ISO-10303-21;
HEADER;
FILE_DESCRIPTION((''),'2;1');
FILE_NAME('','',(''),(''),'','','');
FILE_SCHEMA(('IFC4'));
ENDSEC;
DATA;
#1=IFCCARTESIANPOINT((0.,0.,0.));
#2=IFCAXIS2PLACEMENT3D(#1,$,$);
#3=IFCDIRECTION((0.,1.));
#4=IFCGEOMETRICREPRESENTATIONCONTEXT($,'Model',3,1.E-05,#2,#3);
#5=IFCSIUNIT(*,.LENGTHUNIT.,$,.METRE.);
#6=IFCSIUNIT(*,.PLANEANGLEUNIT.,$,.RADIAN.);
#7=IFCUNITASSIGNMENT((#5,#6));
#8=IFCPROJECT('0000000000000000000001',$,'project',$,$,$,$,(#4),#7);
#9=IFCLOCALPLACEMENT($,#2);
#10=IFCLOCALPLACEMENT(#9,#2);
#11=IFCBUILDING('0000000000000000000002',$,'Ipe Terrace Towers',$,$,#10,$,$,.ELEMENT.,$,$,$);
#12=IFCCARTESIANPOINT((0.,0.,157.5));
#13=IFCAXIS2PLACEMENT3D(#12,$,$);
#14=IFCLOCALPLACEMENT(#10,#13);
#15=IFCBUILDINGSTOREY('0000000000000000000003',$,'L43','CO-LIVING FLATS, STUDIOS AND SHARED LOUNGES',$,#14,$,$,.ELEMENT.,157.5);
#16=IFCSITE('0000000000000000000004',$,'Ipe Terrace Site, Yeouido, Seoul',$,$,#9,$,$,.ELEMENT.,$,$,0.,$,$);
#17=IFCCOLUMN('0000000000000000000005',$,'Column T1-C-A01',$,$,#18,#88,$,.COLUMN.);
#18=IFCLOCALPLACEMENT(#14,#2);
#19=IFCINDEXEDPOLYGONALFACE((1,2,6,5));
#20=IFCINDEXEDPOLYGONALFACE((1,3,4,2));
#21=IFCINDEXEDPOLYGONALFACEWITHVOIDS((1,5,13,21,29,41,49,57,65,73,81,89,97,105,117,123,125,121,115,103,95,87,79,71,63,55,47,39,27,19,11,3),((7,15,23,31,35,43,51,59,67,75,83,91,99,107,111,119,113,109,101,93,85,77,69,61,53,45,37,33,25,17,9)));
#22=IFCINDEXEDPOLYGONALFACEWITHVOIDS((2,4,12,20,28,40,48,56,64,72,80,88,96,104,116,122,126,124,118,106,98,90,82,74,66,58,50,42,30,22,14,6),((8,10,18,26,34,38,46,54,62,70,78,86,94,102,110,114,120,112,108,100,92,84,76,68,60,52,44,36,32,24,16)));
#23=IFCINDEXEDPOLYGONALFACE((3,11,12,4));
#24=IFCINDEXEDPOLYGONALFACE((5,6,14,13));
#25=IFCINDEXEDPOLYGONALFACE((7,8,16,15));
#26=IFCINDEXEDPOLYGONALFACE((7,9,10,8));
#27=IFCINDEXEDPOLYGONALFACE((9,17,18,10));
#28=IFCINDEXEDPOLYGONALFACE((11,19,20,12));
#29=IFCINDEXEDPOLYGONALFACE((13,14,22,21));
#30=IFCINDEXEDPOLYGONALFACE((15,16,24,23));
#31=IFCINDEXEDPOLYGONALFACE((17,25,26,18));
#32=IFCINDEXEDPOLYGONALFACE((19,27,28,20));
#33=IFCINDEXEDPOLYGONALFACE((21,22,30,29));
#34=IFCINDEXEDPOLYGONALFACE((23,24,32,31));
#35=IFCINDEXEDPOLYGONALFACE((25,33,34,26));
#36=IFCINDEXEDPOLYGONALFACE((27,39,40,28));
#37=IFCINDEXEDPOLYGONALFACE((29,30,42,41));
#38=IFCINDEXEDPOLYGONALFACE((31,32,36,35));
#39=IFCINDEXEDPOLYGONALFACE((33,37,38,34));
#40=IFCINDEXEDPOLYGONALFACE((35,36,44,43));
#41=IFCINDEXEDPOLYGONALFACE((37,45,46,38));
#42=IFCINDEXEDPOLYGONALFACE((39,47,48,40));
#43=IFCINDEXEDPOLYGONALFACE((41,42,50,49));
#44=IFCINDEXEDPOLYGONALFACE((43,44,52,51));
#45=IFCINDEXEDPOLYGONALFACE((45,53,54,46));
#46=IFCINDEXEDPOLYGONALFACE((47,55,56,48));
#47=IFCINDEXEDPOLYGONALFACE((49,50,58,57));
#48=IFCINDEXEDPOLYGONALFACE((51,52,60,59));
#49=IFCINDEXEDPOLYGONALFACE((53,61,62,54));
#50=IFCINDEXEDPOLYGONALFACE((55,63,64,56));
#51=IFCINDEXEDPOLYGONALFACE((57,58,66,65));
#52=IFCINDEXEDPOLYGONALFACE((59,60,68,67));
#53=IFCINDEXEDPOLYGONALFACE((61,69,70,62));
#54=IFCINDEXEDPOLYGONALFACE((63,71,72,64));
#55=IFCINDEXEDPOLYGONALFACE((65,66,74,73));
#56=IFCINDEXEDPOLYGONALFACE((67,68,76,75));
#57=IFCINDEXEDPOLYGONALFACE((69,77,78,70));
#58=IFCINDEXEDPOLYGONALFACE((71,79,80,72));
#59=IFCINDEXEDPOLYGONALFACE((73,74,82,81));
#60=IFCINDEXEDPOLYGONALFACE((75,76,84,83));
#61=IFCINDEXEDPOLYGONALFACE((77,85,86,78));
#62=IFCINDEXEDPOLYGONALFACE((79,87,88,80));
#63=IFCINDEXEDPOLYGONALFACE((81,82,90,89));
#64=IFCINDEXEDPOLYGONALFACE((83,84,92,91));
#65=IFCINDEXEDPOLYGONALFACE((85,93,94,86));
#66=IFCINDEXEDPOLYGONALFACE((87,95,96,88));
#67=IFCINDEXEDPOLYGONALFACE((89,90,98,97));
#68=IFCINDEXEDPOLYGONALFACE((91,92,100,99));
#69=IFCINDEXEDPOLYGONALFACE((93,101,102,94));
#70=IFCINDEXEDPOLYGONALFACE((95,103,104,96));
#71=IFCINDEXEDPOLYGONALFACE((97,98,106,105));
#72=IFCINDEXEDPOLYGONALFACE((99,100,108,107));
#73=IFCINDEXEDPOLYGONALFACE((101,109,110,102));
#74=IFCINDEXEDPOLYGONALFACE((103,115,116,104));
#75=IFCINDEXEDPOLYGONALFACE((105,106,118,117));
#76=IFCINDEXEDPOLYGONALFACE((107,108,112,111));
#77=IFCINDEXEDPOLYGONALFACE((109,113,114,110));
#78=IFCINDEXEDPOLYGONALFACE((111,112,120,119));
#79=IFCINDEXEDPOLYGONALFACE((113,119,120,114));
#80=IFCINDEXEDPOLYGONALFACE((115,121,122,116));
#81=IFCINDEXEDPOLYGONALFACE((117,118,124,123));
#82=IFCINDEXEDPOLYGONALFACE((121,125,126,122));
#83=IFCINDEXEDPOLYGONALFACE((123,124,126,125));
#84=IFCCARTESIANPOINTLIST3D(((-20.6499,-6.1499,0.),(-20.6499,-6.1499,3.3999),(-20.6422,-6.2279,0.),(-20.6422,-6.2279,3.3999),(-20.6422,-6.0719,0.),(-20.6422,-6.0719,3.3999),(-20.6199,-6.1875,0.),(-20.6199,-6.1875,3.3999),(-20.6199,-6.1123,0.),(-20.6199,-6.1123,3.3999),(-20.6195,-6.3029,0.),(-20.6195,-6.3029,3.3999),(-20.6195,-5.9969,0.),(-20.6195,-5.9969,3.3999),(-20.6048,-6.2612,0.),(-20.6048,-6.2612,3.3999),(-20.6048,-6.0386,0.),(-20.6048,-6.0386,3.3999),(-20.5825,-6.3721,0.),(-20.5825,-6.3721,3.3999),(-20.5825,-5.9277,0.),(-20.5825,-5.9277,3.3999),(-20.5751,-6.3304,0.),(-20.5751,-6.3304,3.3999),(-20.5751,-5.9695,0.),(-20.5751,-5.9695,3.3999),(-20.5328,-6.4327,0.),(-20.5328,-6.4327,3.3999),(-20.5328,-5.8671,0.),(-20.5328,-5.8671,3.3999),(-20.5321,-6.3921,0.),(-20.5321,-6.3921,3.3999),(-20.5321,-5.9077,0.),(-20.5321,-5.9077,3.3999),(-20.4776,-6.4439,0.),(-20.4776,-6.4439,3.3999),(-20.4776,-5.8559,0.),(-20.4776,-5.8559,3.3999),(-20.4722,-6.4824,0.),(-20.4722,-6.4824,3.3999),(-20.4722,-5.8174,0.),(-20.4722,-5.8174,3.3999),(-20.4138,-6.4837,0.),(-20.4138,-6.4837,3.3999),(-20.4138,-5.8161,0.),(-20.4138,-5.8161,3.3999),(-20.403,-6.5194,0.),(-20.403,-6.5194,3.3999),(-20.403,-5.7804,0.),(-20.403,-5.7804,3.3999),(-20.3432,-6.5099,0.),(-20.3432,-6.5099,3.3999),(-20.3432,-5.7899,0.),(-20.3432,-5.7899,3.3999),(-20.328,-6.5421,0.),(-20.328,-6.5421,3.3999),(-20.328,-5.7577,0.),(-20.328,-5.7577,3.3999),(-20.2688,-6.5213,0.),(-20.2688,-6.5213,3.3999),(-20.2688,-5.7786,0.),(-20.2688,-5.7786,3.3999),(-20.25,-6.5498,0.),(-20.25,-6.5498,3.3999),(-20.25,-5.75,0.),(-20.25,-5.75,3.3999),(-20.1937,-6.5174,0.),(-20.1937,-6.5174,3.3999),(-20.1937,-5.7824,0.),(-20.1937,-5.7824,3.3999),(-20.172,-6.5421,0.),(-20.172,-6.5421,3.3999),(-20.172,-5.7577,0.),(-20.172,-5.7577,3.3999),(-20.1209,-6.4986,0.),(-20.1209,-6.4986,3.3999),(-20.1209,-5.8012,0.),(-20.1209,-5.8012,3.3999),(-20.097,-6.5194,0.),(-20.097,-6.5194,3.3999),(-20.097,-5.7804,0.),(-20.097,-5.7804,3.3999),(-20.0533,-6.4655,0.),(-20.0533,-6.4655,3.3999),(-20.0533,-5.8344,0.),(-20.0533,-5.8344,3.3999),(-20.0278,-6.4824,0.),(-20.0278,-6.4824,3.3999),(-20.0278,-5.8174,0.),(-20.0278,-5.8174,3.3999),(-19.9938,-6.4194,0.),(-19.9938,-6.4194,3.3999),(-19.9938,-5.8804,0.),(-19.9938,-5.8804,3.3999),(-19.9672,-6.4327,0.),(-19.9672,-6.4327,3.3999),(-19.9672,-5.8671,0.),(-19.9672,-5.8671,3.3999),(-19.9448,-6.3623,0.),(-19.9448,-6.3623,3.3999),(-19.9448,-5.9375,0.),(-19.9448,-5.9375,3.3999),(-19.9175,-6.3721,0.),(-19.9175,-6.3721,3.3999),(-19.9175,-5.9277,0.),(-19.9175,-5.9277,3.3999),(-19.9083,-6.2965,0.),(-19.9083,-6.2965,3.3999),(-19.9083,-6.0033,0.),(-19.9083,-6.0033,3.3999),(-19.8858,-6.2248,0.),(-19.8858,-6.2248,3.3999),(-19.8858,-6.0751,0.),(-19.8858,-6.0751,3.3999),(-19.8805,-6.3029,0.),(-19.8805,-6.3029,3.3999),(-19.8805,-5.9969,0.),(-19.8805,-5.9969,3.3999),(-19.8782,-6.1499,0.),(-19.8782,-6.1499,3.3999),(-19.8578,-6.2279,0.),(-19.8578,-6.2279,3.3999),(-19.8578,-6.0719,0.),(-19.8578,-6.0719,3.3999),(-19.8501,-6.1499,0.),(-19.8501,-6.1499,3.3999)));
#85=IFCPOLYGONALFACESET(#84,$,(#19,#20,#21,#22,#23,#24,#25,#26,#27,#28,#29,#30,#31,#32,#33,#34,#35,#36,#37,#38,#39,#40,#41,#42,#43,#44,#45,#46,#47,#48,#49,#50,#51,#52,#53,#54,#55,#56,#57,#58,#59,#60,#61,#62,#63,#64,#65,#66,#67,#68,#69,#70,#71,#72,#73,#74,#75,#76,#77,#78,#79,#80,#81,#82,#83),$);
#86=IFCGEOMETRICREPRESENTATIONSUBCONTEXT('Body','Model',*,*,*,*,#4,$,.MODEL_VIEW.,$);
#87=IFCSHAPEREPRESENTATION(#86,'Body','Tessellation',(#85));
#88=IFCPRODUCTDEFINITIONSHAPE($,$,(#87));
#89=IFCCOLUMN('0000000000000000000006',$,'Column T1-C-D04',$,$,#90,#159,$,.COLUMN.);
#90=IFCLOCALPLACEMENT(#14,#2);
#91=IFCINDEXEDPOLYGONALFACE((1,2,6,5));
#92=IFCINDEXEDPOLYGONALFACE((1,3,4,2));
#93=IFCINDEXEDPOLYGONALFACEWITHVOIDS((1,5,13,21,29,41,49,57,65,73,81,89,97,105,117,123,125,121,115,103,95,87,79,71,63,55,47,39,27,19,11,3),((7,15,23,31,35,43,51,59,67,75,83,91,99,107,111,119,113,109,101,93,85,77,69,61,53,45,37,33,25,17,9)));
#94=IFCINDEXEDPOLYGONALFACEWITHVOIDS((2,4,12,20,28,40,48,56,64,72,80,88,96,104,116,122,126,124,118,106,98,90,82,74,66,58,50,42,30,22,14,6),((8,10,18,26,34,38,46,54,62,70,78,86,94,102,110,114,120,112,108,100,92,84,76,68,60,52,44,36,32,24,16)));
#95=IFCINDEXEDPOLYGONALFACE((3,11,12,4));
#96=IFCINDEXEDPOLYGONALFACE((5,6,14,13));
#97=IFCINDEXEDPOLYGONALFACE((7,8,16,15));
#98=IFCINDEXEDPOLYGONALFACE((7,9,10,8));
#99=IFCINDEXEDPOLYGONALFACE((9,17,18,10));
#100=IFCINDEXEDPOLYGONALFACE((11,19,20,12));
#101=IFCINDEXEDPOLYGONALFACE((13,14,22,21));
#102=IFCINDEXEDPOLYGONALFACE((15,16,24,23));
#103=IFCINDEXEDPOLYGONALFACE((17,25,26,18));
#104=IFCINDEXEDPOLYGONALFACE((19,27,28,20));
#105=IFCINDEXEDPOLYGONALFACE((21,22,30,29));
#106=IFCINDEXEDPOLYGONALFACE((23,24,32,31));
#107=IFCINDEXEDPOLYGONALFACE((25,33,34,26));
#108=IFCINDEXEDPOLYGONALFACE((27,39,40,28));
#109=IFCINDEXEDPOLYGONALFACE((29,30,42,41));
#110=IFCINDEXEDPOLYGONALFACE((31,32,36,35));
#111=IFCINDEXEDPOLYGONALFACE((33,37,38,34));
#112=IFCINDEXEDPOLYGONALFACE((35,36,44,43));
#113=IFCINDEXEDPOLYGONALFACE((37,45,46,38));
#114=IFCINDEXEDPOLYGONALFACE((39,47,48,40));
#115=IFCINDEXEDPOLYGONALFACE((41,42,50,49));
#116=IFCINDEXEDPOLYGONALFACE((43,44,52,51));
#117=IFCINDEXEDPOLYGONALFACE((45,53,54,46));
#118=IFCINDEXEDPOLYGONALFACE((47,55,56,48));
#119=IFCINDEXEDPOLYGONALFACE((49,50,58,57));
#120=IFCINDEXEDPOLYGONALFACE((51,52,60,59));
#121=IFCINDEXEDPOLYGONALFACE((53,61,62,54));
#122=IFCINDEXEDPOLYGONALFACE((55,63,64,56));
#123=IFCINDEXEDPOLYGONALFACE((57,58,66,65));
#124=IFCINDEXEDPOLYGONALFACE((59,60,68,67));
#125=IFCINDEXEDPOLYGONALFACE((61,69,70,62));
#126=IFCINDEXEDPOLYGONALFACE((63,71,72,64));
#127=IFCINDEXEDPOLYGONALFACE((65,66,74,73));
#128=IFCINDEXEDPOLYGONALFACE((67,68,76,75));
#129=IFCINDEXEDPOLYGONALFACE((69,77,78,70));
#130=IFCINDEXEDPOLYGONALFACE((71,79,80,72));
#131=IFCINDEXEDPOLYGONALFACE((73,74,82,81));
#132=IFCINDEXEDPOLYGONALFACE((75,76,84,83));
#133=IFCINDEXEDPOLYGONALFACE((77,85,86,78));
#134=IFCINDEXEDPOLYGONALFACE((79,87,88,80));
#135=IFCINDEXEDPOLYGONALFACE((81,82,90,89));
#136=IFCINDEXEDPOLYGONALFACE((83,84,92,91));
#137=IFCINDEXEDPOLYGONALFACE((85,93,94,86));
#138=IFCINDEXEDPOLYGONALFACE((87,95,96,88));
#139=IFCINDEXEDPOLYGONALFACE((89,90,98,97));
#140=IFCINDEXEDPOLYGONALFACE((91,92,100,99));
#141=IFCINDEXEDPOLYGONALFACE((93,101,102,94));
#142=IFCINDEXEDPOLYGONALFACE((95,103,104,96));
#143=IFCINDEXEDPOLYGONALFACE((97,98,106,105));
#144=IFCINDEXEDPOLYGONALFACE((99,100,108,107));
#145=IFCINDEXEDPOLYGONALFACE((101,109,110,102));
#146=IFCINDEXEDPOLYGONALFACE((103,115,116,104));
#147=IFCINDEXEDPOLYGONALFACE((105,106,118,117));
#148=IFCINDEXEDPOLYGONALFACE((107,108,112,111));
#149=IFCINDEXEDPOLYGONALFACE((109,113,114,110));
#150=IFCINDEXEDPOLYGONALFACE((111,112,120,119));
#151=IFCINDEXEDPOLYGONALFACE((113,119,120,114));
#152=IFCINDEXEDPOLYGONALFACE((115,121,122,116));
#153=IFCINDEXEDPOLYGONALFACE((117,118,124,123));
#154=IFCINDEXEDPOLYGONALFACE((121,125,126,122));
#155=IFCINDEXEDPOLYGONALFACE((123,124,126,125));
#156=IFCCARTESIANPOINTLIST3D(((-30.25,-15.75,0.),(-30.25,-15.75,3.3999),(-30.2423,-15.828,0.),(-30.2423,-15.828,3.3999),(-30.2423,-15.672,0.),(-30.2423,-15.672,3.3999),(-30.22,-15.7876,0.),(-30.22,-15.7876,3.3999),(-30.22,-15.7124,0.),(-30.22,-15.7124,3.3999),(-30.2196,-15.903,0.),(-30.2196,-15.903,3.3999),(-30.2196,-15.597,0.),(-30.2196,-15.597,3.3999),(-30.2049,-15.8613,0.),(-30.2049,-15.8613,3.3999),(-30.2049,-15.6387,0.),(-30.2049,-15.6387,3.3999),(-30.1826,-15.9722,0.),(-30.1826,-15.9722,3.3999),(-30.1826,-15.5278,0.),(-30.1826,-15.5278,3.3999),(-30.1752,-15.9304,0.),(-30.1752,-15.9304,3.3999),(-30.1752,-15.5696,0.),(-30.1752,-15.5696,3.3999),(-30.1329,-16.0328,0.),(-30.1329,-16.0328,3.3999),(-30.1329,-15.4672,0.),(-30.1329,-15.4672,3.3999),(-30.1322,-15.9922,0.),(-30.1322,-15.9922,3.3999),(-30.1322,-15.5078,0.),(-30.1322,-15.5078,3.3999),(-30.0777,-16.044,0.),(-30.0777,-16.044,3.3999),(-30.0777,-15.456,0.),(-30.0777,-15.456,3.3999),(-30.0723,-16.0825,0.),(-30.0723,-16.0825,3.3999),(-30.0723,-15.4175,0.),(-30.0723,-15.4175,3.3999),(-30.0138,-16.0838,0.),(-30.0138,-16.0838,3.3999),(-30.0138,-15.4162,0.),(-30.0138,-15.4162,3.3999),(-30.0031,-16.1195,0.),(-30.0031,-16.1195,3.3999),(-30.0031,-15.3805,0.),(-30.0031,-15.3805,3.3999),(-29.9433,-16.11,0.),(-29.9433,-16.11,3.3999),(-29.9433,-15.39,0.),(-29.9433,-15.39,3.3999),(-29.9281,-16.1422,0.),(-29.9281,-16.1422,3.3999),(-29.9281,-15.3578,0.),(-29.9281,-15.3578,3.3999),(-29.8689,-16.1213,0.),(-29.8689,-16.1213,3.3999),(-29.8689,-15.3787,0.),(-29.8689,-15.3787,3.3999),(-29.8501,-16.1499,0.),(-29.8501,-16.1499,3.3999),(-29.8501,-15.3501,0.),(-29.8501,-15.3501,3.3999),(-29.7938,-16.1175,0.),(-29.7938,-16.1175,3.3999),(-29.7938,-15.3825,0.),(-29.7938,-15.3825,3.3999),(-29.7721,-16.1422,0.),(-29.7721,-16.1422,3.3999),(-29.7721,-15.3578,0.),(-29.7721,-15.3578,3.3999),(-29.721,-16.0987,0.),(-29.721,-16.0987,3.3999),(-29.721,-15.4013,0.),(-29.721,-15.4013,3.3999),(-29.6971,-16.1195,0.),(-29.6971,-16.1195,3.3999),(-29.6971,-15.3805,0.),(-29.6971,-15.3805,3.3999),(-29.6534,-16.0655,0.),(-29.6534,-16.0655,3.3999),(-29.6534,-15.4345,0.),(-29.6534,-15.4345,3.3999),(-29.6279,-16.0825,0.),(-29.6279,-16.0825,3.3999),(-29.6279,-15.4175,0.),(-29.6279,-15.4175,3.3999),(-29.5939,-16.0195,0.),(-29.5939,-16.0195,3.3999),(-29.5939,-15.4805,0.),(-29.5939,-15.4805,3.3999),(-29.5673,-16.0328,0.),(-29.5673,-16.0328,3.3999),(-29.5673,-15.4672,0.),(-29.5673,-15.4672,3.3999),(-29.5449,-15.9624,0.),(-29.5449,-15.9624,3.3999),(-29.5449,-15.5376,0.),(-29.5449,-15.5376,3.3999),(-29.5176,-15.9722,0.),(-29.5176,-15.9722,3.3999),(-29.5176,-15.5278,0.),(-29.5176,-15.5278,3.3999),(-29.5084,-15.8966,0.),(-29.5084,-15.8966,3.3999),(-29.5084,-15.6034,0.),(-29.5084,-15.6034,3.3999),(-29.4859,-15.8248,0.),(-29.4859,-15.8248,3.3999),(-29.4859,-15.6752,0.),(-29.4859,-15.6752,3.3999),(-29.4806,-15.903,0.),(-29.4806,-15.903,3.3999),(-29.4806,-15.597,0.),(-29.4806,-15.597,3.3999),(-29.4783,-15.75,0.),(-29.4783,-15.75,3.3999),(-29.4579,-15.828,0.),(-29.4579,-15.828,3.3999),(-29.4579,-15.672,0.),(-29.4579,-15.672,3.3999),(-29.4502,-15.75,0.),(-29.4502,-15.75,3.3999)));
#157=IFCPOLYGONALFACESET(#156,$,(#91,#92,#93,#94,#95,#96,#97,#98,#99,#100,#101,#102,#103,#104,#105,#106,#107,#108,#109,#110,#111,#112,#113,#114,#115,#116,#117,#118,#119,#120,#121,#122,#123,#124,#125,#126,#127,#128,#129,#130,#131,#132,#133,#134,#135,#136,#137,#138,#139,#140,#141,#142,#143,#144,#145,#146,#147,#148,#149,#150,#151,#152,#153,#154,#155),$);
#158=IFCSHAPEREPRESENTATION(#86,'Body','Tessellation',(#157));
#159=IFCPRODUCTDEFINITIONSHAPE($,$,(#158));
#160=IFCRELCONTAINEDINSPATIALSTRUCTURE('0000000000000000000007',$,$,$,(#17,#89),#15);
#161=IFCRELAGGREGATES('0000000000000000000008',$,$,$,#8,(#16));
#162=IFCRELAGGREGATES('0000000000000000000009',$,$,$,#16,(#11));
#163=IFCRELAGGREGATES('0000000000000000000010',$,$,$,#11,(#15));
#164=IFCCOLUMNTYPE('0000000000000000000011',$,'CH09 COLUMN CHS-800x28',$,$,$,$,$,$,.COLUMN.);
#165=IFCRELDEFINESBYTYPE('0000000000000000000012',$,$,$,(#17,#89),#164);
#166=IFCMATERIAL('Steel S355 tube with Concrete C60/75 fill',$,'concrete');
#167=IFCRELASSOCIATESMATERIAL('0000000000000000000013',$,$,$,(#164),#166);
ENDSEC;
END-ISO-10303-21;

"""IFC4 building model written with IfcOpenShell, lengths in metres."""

from ifc_helpers import new_model, si_unit, direction, frame, origin, origin_2d, place, context, subcontext, project, spatial, hollow_circle, extrude, material, material_profile, profile_set, type_object, element, save


model = new_model("IFC4")

# Units and contexts
model_context = context("Model", 3, precision=1e-05, world=origin(), true_north=direction((0.0, 1.0)))
body_context = subcontext(model_context, "Body", "Model", "MODEL_VIEW")
ifc_project = project(units=[si_unit("LENGTHUNIT", "METRE"), si_unit("PLANEANGLEUNIT", "RADIAN")], contexts=[model_context])

# Site, building, storey
site_placement = place(None, origin())
site = spatial("IfcSite", under=ifc_project, at=site_placement, Name="Ipe Terrace Site, Yeouido, Seoul", CompositionType="ELEMENT", RefElevation=0.0)
building_placement = place(site_placement, origin())
building = spatial("IfcBuilding", under=site, at=building_placement, Name="Ipe Terrace Towers", CompositionType="ELEMENT")
storey_placement = place(building_placement, frame((0.0, 0.0, 157.5)))
storey = spatial("IfcBuildingStorey", under=building, at=storey_placement, Name="L43", Description="CO-LIVING FLATS, STUDIOS AND SHARED LOUNGES", CompositionType="ELEMENT", Elevation=157.5)

# Columns
ifc_material_1 = material(Name="Steel S355 tube with Concrete C60/75 fill", Category="concrete")
ifc_material_profile_1 = material_profile(ifc_material_1, hollow_circle(Radius=0.3999, WallThickness=0.0281, at=origin_2d()), Name="CHS-800x28")
ifc_profile_set_1 = profile_set([ifc_material_profile_1], Name="Steel S355 tube with Concrete C60/75 fill")
column_type_1 = type_object("IfcColumnType", Name="CH09 COLUMN CHS-800x28", PredefinedType="COLUMN", material=ifc_profile_set_1)
for number, where, z_axis, x_axis, name in (
    (1, (-20.25, -6.1499, 0.0), (0.0, 0.0, 1.0), (1.0, 0.0, 0.0), "Column T1-C-A01"),
    (2, (-29.8501, -15.75, 0.0), (0.0, 0.0, 1.0), (1.0, 0.0, 0.0), "Column T1-C-D04"),
):
    element("IfcColumn", number, at=place(storey_placement, frame(where, z_axis=z_axis, x_axis=x_axis)), inside=storey, type_object=column_type_1, Name=name, PredefinedType="COLUMN", context=body_context, shape_type="SweptSolid", body=[
        extrude(hollow_circle(Radius=0.3999, WallThickness=0.0281, at=origin_2d()), origin(), (0.0, 0.0, 1.0), 3.3999),
    ])

save(model, "model.ifc")
